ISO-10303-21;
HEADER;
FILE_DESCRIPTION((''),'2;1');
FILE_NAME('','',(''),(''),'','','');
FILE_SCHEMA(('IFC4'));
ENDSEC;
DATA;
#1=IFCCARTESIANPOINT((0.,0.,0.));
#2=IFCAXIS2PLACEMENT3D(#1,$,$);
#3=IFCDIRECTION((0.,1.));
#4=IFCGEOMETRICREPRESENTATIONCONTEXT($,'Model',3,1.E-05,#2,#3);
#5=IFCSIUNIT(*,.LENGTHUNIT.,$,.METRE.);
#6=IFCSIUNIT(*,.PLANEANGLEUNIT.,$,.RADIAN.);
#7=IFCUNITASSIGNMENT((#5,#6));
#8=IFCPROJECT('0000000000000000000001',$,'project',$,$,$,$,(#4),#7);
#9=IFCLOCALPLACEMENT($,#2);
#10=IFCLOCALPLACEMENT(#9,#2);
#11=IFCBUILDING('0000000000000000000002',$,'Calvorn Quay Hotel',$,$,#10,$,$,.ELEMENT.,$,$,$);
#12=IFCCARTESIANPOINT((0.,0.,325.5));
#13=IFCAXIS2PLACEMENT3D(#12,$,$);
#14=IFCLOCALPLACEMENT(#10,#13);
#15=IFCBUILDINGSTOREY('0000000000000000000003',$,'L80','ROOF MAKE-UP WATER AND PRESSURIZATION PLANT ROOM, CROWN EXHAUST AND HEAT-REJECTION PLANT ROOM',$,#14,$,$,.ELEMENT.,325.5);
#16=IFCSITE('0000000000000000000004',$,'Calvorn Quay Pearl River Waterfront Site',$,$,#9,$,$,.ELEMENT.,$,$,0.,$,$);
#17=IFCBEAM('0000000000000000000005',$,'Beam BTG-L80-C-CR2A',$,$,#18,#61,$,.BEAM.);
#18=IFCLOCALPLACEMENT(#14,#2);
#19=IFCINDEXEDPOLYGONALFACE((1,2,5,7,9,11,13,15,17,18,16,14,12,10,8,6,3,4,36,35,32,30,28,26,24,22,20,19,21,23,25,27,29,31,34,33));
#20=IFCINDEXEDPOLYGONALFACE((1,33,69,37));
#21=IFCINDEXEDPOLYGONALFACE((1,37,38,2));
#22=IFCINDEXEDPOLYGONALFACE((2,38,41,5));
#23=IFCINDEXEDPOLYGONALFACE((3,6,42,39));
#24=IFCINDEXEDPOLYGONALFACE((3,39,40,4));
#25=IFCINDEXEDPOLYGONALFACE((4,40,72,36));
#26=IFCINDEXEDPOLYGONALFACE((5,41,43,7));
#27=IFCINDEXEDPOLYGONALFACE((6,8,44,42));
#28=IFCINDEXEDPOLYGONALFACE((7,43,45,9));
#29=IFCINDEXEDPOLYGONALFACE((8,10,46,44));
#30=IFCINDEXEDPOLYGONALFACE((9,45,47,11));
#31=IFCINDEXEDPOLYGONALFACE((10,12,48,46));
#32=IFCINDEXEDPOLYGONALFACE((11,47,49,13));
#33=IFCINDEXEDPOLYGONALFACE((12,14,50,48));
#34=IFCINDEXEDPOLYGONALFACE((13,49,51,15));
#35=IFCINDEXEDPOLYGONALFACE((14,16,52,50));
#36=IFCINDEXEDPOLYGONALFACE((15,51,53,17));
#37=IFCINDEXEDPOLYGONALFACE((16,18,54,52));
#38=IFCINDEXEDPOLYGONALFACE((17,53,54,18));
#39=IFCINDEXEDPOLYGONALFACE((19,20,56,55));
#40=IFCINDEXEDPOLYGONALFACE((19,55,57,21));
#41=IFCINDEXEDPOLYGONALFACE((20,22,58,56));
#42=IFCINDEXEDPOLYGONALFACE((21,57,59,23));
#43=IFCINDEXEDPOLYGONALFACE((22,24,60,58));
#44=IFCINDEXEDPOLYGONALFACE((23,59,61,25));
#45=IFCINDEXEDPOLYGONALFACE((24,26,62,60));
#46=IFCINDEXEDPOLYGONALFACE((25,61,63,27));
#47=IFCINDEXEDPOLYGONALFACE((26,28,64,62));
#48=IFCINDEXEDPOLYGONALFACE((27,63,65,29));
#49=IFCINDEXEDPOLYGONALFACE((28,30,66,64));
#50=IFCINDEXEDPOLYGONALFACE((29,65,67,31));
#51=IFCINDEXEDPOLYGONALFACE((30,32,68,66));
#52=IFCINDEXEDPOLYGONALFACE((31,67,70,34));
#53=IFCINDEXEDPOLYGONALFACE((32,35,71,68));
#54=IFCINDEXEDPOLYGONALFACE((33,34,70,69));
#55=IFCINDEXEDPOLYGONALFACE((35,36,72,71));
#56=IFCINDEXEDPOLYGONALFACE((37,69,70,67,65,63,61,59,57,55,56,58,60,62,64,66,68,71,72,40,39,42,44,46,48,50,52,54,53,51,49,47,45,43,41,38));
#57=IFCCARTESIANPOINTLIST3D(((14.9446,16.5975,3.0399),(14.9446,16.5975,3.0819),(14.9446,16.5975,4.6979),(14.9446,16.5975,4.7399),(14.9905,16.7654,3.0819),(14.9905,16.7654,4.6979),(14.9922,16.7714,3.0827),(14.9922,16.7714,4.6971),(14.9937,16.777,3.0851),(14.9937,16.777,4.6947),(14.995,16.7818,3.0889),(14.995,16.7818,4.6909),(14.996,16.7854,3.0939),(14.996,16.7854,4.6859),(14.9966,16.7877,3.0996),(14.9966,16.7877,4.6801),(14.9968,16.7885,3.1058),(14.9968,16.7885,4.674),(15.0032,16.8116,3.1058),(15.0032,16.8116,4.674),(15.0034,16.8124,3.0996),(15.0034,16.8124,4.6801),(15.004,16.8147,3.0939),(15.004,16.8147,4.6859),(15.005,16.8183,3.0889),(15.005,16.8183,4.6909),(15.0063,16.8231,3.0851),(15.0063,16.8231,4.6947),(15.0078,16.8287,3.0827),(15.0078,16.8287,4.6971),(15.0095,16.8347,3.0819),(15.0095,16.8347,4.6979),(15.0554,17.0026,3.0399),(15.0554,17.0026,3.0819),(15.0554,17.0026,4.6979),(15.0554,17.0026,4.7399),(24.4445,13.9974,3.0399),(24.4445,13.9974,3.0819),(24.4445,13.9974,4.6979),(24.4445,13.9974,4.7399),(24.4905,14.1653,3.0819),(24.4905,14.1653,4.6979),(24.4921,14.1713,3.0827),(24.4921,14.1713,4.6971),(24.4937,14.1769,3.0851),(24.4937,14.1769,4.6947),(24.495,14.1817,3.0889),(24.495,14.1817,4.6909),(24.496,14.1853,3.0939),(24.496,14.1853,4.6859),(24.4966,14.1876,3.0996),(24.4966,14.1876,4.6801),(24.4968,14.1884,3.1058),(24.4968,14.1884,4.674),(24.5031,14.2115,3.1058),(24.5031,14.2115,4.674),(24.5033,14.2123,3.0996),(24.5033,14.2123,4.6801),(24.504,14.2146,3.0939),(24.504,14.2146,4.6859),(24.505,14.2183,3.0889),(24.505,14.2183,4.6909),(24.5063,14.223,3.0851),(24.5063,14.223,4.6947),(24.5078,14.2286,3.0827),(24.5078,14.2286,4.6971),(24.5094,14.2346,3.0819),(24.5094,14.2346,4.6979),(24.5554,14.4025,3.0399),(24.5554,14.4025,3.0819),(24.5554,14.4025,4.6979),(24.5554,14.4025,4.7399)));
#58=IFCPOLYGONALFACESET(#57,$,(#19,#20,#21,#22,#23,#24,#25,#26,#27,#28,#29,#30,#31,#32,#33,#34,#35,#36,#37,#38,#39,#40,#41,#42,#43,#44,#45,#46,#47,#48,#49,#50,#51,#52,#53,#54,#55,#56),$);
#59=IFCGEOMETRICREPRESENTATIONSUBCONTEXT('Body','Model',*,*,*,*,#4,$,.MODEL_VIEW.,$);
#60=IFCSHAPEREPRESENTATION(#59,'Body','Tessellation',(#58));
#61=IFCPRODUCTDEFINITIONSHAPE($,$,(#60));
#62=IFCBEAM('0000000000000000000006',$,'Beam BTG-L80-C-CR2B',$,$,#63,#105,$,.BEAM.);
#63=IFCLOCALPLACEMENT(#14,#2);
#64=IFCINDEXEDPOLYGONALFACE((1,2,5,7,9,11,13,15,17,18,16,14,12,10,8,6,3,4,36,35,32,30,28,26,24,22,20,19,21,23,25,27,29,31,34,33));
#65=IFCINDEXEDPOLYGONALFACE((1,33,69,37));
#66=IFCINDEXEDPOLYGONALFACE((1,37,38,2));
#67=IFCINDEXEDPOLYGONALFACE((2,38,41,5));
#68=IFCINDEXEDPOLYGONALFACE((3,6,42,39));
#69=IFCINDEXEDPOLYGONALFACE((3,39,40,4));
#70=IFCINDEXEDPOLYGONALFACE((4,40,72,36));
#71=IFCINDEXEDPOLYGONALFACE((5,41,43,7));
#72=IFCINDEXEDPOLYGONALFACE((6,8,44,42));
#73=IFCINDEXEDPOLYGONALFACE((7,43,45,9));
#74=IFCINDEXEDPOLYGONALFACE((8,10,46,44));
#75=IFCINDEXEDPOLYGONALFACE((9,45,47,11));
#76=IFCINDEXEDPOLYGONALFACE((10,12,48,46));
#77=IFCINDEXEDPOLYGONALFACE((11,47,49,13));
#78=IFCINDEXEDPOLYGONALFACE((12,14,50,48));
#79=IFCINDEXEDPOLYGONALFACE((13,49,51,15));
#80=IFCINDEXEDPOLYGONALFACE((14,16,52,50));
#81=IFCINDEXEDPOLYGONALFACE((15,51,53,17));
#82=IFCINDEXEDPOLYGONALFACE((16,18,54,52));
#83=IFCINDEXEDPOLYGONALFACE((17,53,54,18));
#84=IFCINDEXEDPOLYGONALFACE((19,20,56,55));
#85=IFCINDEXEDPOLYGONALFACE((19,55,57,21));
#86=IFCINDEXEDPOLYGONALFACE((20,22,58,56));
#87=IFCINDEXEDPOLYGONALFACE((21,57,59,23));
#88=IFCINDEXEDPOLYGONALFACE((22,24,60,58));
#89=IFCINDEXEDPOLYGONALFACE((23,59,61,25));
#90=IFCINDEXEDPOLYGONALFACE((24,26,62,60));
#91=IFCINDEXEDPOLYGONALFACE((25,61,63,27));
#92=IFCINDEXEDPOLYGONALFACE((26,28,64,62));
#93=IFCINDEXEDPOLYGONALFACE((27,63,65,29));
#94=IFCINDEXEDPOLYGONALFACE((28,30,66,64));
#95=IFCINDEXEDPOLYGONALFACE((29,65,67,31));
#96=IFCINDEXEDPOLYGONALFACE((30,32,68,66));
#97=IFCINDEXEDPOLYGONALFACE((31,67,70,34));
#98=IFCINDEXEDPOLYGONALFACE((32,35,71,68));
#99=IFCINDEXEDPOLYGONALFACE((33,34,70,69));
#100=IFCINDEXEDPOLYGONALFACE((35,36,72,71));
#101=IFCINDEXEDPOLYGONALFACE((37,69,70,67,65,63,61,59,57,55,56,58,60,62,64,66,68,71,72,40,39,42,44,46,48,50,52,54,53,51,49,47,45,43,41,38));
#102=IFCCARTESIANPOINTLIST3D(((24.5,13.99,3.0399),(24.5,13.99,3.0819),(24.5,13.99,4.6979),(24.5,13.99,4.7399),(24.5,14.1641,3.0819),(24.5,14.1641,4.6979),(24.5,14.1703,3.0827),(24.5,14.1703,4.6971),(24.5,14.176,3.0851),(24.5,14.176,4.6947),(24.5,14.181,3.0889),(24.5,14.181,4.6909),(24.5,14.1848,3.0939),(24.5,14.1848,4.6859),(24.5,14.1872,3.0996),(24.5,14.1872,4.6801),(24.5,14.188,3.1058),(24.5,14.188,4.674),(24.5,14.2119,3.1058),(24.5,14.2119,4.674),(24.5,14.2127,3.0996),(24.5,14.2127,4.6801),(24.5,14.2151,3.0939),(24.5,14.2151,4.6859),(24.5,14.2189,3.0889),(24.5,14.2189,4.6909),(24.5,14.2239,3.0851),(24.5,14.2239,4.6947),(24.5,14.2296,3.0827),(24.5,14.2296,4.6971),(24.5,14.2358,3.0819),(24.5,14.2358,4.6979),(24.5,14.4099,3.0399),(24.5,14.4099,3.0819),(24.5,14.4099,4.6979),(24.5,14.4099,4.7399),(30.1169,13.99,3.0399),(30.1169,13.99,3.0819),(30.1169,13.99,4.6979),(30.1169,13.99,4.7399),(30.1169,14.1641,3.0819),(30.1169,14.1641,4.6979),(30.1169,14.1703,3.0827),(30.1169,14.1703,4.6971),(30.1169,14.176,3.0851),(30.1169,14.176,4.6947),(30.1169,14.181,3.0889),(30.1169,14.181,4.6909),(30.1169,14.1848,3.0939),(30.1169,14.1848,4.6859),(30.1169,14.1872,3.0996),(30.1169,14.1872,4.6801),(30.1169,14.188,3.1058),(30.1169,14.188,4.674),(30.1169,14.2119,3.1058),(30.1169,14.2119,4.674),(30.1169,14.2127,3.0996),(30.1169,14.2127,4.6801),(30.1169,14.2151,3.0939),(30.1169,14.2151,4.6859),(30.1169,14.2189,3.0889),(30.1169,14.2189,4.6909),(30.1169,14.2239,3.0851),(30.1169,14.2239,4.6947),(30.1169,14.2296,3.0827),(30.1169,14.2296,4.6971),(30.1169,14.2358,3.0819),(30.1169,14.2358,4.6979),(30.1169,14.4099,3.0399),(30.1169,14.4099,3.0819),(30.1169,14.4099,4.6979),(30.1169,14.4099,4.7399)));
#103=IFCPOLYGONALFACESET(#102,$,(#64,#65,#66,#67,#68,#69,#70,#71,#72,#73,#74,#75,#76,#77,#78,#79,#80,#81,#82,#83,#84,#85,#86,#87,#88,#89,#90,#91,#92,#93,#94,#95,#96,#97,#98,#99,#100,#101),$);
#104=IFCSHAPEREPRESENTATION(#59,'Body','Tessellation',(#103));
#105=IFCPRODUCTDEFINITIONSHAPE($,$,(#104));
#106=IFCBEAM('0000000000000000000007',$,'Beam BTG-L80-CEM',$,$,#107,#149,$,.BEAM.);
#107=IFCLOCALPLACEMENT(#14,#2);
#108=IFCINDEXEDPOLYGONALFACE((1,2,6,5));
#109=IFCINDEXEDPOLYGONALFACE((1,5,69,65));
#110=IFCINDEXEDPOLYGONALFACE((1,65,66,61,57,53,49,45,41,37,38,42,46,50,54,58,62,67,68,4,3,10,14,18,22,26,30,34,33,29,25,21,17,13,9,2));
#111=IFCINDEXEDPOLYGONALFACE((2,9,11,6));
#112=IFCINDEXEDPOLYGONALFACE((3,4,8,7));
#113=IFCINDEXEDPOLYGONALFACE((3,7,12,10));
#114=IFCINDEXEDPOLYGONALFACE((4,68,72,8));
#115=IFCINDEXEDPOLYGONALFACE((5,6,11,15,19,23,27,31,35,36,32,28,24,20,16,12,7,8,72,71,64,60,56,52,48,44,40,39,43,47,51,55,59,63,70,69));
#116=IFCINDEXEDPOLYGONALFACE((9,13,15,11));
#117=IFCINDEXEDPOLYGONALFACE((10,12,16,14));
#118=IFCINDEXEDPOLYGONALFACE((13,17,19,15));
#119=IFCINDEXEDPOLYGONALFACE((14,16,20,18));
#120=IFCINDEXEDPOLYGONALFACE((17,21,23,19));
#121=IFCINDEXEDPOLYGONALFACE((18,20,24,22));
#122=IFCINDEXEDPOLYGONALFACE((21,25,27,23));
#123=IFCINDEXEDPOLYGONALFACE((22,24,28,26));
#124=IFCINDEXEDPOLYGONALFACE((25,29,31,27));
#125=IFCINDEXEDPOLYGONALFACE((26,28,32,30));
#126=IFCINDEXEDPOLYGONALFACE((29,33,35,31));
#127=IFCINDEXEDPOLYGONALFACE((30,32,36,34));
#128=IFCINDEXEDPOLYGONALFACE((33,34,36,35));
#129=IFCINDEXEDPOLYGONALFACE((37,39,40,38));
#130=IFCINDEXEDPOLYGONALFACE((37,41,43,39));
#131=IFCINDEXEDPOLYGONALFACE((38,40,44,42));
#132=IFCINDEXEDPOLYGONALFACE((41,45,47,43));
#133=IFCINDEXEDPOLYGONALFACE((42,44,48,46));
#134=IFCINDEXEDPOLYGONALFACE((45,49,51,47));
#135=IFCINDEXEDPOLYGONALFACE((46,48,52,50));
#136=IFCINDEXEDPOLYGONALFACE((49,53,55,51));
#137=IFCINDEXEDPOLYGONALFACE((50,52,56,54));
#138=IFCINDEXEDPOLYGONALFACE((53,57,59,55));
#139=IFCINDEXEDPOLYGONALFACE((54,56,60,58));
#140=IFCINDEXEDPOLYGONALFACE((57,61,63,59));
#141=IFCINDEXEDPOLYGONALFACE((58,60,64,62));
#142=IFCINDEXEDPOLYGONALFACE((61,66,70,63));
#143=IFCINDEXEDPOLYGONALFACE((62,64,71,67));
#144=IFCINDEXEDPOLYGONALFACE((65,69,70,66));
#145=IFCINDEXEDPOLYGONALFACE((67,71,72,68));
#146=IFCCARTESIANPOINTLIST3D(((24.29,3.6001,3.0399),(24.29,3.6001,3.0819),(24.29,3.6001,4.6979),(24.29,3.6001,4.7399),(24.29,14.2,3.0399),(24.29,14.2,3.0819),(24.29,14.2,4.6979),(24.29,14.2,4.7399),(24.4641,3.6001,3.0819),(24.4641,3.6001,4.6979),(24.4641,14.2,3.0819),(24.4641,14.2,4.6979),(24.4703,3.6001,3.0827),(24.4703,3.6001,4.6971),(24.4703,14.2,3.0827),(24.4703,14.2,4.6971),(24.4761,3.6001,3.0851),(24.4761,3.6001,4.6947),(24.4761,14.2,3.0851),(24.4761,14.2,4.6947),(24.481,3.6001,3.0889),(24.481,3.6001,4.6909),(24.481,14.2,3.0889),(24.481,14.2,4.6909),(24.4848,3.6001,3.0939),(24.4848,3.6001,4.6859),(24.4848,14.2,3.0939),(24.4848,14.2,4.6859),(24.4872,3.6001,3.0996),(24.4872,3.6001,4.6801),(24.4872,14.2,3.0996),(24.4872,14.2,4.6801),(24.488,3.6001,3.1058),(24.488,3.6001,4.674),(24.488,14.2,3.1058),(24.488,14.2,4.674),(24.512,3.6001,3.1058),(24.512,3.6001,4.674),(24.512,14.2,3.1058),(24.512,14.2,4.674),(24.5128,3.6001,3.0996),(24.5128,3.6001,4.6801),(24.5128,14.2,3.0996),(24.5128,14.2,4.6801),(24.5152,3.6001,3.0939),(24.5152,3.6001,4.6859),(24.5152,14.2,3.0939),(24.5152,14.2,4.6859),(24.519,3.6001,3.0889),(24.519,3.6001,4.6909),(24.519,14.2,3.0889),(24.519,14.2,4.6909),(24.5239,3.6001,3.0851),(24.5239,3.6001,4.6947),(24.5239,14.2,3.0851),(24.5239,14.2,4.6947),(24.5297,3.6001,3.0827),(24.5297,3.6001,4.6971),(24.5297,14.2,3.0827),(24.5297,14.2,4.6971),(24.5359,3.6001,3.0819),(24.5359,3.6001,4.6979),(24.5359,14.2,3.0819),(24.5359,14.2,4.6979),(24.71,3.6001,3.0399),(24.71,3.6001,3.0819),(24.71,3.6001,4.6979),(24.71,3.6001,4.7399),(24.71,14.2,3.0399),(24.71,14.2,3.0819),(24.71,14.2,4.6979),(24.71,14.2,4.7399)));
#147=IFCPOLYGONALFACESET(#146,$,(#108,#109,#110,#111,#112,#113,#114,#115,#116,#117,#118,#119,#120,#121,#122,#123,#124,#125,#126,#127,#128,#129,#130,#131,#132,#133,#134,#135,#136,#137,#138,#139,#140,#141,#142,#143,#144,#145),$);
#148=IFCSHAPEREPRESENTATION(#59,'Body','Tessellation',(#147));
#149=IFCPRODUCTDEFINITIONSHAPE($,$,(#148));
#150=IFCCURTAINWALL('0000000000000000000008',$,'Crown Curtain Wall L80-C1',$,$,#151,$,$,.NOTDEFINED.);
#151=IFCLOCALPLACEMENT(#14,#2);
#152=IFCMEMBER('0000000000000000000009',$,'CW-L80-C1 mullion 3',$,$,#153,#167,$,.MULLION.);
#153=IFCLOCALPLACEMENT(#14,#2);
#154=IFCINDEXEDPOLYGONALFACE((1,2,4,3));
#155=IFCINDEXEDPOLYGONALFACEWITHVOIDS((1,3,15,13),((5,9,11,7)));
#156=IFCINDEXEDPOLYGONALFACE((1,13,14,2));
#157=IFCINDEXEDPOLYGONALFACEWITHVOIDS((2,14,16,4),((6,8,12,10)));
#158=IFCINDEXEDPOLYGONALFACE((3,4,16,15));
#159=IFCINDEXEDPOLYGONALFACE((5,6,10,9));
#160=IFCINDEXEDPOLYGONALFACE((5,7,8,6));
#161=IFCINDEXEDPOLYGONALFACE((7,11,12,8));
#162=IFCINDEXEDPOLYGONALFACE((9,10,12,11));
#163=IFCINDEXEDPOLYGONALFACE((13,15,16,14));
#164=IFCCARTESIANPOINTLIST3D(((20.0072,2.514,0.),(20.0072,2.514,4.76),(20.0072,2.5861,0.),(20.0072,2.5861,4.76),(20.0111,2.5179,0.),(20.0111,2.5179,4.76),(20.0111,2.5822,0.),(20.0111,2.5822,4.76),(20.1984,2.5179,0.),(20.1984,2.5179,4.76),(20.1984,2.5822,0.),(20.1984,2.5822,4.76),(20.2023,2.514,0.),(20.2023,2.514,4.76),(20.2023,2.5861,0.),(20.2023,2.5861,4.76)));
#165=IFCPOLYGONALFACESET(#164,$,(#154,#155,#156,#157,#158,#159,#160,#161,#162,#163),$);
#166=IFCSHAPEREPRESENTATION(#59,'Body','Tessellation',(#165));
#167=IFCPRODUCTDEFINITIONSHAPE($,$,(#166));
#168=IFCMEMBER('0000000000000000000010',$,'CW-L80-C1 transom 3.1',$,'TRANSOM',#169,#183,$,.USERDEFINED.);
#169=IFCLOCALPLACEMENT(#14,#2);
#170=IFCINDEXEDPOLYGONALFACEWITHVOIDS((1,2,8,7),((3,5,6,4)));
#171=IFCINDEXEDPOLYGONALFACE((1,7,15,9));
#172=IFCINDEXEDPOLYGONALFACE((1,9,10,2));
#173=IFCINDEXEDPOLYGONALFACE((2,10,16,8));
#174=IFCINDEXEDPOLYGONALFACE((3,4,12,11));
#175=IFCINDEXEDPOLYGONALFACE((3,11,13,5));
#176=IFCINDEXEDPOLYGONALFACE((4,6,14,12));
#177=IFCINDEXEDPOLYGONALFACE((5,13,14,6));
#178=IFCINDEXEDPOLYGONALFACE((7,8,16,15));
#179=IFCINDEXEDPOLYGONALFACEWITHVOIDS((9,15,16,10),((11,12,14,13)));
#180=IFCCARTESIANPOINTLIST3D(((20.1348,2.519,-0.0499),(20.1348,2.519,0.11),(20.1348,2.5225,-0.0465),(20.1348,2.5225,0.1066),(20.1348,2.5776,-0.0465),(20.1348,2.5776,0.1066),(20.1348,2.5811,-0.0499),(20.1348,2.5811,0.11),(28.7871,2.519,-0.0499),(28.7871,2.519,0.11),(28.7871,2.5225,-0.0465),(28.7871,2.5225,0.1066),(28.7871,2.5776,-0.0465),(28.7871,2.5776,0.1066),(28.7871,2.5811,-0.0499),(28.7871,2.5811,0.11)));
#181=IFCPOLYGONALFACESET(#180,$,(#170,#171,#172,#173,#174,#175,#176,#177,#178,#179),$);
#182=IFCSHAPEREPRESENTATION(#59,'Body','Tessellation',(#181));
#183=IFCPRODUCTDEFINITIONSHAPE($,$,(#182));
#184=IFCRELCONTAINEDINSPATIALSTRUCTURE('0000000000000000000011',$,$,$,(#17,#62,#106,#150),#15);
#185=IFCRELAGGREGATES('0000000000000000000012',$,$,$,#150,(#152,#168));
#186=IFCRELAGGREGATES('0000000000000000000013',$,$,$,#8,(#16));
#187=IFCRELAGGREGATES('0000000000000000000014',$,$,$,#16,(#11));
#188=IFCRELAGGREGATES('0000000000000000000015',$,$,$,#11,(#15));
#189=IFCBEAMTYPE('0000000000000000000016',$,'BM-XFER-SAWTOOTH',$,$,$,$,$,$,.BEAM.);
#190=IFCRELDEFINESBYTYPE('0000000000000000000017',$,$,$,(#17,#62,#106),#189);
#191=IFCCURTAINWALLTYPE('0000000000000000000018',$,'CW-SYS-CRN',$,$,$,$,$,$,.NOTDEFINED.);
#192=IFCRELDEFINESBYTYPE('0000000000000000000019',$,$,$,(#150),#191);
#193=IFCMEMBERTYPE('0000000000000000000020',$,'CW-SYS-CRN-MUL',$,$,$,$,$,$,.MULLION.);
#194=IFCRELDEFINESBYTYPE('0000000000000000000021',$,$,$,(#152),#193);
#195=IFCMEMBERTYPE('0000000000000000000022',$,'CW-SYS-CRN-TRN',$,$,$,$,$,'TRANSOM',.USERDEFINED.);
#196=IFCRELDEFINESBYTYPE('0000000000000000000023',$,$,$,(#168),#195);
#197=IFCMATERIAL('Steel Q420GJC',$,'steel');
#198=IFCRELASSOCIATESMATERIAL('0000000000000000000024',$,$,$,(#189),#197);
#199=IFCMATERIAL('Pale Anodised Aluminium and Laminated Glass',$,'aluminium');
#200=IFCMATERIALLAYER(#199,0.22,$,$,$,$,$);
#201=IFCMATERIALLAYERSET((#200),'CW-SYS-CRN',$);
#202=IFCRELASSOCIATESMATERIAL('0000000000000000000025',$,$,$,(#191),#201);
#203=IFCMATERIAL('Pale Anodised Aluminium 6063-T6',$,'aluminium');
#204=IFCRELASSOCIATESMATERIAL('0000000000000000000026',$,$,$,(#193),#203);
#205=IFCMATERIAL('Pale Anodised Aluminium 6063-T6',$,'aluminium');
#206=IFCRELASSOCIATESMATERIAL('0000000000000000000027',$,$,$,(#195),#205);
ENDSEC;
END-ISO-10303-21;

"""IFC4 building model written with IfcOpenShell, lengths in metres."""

from ifc_helpers import new_model, si_unit, direction, frame, origin, origin_2d, place, context, subcontext, project, spatial, hollow_rectangle, i_section, extrude, material, layer, layer_set, material_profile, profile_set, type_object, element, aggregate, save


model = new_model("IFC4")

# Units and contexts
model_context = context("Model", 3, precision=1e-05, world=origin(), true_north=direction((0.0, 1.0)))
body_context = subcontext(model_context, "Body", "Model", "MODEL_VIEW")
ifc_project = project(units=[si_unit("LENGTHUNIT", "METRE"), si_unit("PLANEANGLEUNIT", "RADIAN")], contexts=[model_context])

# Site, building, storey
site_placement = place(None, origin())
site = spatial("IfcSite", under=ifc_project, at=site_placement, Name="Calvorn Quay Pearl River Waterfront Site", CompositionType="ELEMENT", RefElevation=0.0)
building_placement = place(site_placement, origin())
building = spatial("IfcBuilding", under=site, at=building_placement, Name="Calvorn Quay Hotel", CompositionType="ELEMENT")
storey_placement = place(building_placement, frame((0.0, 0.0, 325.5)))
storey = spatial("IfcBuildingStorey", under=building, at=storey_placement, Name="L80", Description="ROOF MAKE-UP WATER AND PRESSURIZATION PLANT ROOM, CROWN EXHAUST AND HEAT-REJECTION PLANT ROOM", CompositionType="ELEMENT", Elevation=325.5)

# Beams
ifc_material_1 = material(Name="Steel Q420GJC", Category="steel")
ifc_material_profile_1 = material_profile(ifc_material_1, i_section(OverallWidth=0.4199, OverallDepth=1.7, WebThickness=0.0239, FlangeThickness=0.042, FilletRadius=0.0239, at=origin_2d()), Name="HN1700x420x24x42")
ifc_profile_set_1 = profile_set([ifc_material_profile_1], Name="Steel Q420GJC")
beam_type = type_object("IfcBeamType", Name="BM-XFER-SAWTOOTH", PredefinedType="BEAM", material=ifc_profile_set_1)
beam_1_placement = place(storey_placement, frame((15.0, 16.8, 3.8899), z_axis=(0.964527, -0.263986, 0.0), x_axis=(0.263986, 0.964527, 0.0)))
element("IfcBeam", 1, at=beam_1_placement, inside=storey, type_object=beam_type, Name="Beam BTG-L80-C-CR2A", PredefinedType="BEAM", context=body_context, shape_type="SweptSolid", body=[
    extrude(i_section(OverallWidth=0.4199, OverallDepth=1.7, WebThickness=0.0239, FlangeThickness=0.042, FilletRadius=0.0239, at=origin_2d()), origin(), (0.0, 0.0, 1.0), 9.8494),
])
beam_2_placement = place(storey_placement, frame((24.5, 14.2, 3.8899), z_axis=(1.0, 0.0, 0.0), x_axis=(0.0, 1.0, 0.0)))
element("IfcBeam", 2, at=beam_2_placement, inside=storey, type_object=beam_type, Name="Beam BTG-L80-C-CR2B", PredefinedType="BEAM", context=body_context, shape_type="SweptSolid", body=[
    extrude(i_section(OverallWidth=0.4199, OverallDepth=1.7, WebThickness=0.0239, FlangeThickness=0.042, FilletRadius=0.0239, at=origin_2d()), origin(), (0.0, 0.0, 1.0), 5.6169),
])
beam_3_placement = place(storey_placement, frame((24.5, 3.6001, 3.8899), z_axis=(0.0, 1.0, 0.0), x_axis=(-1.0, 0.0, 0.0)))
element("IfcBeam", 3, at=beam_3_placement, inside=storey, type_object=beam_type, Name="Beam BTG-L80-CEM", PredefinedType="BEAM", context=body_context, shape_type="SweptSolid", body=[
    extrude(i_section(OverallWidth=0.4199, OverallDepth=1.7, WebThickness=0.0239, FlangeThickness=0.042, FilletRadius=0.0239, at=origin_2d()), origin(), (0.0, 0.0, 1.0), 10.5999),
])

# Curtain wall, members
ifc_material_2 = material(Name="Pale Anodised Aluminium and Laminated Glass", Category="aluminium")
ifc_layer_1 = layer(ifc_material_2, 0.22)
ifc_layer_set_1 = layer_set([ifc_layer_1], Name="CW-SYS-CRN")
curtain_wall_type = type_object("IfcCurtainWallType", Name="CW-SYS-CRN", PredefinedType="NOTDEFINED", material=ifc_layer_set_1)
curtain_wall_placement = place(storey_placement, origin())
curtain_wall = element("IfcCurtainWall", 4, at=curtain_wall_placement, inside=storey, type_object=curtain_wall_type, Name="Crown Curtain Wall L80-C1", PredefinedType="NOTDEFINED")
ifc_material_3 = material(Name="Pale Anodised Aluminium 6063-T6", Category="aluminium")
ifc_material_profile_2 = material_profile(ifc_material_3, hollow_rectangle(XDim=0.072, YDim=0.1951, WallThickness=0.0039, at=origin_2d()), Name="ALU-M195x72x4")
ifc_profile_set_2 = profile_set([ifc_material_profile_2], Name="Pale Anodised Aluminium 6063-T6")
member_type_1 = type_object("IfcMemberType", Name="CW-SYS-CRN-MUL", PredefinedType="MULLION", material=ifc_profile_set_2)
member_1_placement = place(storey_placement, frame((20.1047, 2.55, 0.0), z_axis=(0.0, 0.0, 1.0), x_axis=(0.0, 1.0, 0.0)))
member_1 = element("IfcMember", 5, at=member_1_placement, type_object=member_type_1, Name="CW-L80-C1 mullion 3", PredefinedType="MULLION", context=body_context, shape_type="SweptSolid", body=[
    extrude(hollow_rectangle(XDim=0.072, YDim=0.1951, WallThickness=0.0039, at=origin_2d()), origin(), (0.0, 0.0, 1.0), 4.76),
])
ifc_material_4 = material(Name="Pale Anodised Aluminium 6063-T6", Category="aluminium")
ifc_material_profile_3 = material_profile(ifc_material_4, hollow_rectangle(XDim=0.062, YDim=0.1599, WallThickness=0.0034, at=origin_2d()), Name="ALU-T160x62x3.5")
ifc_profile_set_3 = profile_set([ifc_material_profile_3], Name="Pale Anodised Aluminium 6063-T6")
member_type_2 = type_object("IfcMemberType", Name="CW-SYS-CRN-TRN", ElementType="TRANSOM", PredefinedType="USERDEFINED", material=ifc_profile_set_3)
member_2_placement = place(storey_placement, frame((20.1348, 2.55, 0.03), z_axis=(1.0, 0.0, 0.0), x_axis=(0.0, 1.0, 0.0)))
member_2 = element("IfcMember", 6, at=member_2_placement, type_object=member_type_2, Name="CW-L80-C1 transom 3.1", ObjectType="TRANSOM", PredefinedType="USERDEFINED", context=body_context, shape_type="SweptSolid", body=[
    extrude(hollow_rectangle(XDim=0.062, YDim=0.1599, WallThickness=0.0034, at=origin_2d()), origin(), (0.0, 0.0, 1.0), 8.6523),
])

aggregate(curtain_wall, [member_1, member_2])

save(model, "model.ifc")
